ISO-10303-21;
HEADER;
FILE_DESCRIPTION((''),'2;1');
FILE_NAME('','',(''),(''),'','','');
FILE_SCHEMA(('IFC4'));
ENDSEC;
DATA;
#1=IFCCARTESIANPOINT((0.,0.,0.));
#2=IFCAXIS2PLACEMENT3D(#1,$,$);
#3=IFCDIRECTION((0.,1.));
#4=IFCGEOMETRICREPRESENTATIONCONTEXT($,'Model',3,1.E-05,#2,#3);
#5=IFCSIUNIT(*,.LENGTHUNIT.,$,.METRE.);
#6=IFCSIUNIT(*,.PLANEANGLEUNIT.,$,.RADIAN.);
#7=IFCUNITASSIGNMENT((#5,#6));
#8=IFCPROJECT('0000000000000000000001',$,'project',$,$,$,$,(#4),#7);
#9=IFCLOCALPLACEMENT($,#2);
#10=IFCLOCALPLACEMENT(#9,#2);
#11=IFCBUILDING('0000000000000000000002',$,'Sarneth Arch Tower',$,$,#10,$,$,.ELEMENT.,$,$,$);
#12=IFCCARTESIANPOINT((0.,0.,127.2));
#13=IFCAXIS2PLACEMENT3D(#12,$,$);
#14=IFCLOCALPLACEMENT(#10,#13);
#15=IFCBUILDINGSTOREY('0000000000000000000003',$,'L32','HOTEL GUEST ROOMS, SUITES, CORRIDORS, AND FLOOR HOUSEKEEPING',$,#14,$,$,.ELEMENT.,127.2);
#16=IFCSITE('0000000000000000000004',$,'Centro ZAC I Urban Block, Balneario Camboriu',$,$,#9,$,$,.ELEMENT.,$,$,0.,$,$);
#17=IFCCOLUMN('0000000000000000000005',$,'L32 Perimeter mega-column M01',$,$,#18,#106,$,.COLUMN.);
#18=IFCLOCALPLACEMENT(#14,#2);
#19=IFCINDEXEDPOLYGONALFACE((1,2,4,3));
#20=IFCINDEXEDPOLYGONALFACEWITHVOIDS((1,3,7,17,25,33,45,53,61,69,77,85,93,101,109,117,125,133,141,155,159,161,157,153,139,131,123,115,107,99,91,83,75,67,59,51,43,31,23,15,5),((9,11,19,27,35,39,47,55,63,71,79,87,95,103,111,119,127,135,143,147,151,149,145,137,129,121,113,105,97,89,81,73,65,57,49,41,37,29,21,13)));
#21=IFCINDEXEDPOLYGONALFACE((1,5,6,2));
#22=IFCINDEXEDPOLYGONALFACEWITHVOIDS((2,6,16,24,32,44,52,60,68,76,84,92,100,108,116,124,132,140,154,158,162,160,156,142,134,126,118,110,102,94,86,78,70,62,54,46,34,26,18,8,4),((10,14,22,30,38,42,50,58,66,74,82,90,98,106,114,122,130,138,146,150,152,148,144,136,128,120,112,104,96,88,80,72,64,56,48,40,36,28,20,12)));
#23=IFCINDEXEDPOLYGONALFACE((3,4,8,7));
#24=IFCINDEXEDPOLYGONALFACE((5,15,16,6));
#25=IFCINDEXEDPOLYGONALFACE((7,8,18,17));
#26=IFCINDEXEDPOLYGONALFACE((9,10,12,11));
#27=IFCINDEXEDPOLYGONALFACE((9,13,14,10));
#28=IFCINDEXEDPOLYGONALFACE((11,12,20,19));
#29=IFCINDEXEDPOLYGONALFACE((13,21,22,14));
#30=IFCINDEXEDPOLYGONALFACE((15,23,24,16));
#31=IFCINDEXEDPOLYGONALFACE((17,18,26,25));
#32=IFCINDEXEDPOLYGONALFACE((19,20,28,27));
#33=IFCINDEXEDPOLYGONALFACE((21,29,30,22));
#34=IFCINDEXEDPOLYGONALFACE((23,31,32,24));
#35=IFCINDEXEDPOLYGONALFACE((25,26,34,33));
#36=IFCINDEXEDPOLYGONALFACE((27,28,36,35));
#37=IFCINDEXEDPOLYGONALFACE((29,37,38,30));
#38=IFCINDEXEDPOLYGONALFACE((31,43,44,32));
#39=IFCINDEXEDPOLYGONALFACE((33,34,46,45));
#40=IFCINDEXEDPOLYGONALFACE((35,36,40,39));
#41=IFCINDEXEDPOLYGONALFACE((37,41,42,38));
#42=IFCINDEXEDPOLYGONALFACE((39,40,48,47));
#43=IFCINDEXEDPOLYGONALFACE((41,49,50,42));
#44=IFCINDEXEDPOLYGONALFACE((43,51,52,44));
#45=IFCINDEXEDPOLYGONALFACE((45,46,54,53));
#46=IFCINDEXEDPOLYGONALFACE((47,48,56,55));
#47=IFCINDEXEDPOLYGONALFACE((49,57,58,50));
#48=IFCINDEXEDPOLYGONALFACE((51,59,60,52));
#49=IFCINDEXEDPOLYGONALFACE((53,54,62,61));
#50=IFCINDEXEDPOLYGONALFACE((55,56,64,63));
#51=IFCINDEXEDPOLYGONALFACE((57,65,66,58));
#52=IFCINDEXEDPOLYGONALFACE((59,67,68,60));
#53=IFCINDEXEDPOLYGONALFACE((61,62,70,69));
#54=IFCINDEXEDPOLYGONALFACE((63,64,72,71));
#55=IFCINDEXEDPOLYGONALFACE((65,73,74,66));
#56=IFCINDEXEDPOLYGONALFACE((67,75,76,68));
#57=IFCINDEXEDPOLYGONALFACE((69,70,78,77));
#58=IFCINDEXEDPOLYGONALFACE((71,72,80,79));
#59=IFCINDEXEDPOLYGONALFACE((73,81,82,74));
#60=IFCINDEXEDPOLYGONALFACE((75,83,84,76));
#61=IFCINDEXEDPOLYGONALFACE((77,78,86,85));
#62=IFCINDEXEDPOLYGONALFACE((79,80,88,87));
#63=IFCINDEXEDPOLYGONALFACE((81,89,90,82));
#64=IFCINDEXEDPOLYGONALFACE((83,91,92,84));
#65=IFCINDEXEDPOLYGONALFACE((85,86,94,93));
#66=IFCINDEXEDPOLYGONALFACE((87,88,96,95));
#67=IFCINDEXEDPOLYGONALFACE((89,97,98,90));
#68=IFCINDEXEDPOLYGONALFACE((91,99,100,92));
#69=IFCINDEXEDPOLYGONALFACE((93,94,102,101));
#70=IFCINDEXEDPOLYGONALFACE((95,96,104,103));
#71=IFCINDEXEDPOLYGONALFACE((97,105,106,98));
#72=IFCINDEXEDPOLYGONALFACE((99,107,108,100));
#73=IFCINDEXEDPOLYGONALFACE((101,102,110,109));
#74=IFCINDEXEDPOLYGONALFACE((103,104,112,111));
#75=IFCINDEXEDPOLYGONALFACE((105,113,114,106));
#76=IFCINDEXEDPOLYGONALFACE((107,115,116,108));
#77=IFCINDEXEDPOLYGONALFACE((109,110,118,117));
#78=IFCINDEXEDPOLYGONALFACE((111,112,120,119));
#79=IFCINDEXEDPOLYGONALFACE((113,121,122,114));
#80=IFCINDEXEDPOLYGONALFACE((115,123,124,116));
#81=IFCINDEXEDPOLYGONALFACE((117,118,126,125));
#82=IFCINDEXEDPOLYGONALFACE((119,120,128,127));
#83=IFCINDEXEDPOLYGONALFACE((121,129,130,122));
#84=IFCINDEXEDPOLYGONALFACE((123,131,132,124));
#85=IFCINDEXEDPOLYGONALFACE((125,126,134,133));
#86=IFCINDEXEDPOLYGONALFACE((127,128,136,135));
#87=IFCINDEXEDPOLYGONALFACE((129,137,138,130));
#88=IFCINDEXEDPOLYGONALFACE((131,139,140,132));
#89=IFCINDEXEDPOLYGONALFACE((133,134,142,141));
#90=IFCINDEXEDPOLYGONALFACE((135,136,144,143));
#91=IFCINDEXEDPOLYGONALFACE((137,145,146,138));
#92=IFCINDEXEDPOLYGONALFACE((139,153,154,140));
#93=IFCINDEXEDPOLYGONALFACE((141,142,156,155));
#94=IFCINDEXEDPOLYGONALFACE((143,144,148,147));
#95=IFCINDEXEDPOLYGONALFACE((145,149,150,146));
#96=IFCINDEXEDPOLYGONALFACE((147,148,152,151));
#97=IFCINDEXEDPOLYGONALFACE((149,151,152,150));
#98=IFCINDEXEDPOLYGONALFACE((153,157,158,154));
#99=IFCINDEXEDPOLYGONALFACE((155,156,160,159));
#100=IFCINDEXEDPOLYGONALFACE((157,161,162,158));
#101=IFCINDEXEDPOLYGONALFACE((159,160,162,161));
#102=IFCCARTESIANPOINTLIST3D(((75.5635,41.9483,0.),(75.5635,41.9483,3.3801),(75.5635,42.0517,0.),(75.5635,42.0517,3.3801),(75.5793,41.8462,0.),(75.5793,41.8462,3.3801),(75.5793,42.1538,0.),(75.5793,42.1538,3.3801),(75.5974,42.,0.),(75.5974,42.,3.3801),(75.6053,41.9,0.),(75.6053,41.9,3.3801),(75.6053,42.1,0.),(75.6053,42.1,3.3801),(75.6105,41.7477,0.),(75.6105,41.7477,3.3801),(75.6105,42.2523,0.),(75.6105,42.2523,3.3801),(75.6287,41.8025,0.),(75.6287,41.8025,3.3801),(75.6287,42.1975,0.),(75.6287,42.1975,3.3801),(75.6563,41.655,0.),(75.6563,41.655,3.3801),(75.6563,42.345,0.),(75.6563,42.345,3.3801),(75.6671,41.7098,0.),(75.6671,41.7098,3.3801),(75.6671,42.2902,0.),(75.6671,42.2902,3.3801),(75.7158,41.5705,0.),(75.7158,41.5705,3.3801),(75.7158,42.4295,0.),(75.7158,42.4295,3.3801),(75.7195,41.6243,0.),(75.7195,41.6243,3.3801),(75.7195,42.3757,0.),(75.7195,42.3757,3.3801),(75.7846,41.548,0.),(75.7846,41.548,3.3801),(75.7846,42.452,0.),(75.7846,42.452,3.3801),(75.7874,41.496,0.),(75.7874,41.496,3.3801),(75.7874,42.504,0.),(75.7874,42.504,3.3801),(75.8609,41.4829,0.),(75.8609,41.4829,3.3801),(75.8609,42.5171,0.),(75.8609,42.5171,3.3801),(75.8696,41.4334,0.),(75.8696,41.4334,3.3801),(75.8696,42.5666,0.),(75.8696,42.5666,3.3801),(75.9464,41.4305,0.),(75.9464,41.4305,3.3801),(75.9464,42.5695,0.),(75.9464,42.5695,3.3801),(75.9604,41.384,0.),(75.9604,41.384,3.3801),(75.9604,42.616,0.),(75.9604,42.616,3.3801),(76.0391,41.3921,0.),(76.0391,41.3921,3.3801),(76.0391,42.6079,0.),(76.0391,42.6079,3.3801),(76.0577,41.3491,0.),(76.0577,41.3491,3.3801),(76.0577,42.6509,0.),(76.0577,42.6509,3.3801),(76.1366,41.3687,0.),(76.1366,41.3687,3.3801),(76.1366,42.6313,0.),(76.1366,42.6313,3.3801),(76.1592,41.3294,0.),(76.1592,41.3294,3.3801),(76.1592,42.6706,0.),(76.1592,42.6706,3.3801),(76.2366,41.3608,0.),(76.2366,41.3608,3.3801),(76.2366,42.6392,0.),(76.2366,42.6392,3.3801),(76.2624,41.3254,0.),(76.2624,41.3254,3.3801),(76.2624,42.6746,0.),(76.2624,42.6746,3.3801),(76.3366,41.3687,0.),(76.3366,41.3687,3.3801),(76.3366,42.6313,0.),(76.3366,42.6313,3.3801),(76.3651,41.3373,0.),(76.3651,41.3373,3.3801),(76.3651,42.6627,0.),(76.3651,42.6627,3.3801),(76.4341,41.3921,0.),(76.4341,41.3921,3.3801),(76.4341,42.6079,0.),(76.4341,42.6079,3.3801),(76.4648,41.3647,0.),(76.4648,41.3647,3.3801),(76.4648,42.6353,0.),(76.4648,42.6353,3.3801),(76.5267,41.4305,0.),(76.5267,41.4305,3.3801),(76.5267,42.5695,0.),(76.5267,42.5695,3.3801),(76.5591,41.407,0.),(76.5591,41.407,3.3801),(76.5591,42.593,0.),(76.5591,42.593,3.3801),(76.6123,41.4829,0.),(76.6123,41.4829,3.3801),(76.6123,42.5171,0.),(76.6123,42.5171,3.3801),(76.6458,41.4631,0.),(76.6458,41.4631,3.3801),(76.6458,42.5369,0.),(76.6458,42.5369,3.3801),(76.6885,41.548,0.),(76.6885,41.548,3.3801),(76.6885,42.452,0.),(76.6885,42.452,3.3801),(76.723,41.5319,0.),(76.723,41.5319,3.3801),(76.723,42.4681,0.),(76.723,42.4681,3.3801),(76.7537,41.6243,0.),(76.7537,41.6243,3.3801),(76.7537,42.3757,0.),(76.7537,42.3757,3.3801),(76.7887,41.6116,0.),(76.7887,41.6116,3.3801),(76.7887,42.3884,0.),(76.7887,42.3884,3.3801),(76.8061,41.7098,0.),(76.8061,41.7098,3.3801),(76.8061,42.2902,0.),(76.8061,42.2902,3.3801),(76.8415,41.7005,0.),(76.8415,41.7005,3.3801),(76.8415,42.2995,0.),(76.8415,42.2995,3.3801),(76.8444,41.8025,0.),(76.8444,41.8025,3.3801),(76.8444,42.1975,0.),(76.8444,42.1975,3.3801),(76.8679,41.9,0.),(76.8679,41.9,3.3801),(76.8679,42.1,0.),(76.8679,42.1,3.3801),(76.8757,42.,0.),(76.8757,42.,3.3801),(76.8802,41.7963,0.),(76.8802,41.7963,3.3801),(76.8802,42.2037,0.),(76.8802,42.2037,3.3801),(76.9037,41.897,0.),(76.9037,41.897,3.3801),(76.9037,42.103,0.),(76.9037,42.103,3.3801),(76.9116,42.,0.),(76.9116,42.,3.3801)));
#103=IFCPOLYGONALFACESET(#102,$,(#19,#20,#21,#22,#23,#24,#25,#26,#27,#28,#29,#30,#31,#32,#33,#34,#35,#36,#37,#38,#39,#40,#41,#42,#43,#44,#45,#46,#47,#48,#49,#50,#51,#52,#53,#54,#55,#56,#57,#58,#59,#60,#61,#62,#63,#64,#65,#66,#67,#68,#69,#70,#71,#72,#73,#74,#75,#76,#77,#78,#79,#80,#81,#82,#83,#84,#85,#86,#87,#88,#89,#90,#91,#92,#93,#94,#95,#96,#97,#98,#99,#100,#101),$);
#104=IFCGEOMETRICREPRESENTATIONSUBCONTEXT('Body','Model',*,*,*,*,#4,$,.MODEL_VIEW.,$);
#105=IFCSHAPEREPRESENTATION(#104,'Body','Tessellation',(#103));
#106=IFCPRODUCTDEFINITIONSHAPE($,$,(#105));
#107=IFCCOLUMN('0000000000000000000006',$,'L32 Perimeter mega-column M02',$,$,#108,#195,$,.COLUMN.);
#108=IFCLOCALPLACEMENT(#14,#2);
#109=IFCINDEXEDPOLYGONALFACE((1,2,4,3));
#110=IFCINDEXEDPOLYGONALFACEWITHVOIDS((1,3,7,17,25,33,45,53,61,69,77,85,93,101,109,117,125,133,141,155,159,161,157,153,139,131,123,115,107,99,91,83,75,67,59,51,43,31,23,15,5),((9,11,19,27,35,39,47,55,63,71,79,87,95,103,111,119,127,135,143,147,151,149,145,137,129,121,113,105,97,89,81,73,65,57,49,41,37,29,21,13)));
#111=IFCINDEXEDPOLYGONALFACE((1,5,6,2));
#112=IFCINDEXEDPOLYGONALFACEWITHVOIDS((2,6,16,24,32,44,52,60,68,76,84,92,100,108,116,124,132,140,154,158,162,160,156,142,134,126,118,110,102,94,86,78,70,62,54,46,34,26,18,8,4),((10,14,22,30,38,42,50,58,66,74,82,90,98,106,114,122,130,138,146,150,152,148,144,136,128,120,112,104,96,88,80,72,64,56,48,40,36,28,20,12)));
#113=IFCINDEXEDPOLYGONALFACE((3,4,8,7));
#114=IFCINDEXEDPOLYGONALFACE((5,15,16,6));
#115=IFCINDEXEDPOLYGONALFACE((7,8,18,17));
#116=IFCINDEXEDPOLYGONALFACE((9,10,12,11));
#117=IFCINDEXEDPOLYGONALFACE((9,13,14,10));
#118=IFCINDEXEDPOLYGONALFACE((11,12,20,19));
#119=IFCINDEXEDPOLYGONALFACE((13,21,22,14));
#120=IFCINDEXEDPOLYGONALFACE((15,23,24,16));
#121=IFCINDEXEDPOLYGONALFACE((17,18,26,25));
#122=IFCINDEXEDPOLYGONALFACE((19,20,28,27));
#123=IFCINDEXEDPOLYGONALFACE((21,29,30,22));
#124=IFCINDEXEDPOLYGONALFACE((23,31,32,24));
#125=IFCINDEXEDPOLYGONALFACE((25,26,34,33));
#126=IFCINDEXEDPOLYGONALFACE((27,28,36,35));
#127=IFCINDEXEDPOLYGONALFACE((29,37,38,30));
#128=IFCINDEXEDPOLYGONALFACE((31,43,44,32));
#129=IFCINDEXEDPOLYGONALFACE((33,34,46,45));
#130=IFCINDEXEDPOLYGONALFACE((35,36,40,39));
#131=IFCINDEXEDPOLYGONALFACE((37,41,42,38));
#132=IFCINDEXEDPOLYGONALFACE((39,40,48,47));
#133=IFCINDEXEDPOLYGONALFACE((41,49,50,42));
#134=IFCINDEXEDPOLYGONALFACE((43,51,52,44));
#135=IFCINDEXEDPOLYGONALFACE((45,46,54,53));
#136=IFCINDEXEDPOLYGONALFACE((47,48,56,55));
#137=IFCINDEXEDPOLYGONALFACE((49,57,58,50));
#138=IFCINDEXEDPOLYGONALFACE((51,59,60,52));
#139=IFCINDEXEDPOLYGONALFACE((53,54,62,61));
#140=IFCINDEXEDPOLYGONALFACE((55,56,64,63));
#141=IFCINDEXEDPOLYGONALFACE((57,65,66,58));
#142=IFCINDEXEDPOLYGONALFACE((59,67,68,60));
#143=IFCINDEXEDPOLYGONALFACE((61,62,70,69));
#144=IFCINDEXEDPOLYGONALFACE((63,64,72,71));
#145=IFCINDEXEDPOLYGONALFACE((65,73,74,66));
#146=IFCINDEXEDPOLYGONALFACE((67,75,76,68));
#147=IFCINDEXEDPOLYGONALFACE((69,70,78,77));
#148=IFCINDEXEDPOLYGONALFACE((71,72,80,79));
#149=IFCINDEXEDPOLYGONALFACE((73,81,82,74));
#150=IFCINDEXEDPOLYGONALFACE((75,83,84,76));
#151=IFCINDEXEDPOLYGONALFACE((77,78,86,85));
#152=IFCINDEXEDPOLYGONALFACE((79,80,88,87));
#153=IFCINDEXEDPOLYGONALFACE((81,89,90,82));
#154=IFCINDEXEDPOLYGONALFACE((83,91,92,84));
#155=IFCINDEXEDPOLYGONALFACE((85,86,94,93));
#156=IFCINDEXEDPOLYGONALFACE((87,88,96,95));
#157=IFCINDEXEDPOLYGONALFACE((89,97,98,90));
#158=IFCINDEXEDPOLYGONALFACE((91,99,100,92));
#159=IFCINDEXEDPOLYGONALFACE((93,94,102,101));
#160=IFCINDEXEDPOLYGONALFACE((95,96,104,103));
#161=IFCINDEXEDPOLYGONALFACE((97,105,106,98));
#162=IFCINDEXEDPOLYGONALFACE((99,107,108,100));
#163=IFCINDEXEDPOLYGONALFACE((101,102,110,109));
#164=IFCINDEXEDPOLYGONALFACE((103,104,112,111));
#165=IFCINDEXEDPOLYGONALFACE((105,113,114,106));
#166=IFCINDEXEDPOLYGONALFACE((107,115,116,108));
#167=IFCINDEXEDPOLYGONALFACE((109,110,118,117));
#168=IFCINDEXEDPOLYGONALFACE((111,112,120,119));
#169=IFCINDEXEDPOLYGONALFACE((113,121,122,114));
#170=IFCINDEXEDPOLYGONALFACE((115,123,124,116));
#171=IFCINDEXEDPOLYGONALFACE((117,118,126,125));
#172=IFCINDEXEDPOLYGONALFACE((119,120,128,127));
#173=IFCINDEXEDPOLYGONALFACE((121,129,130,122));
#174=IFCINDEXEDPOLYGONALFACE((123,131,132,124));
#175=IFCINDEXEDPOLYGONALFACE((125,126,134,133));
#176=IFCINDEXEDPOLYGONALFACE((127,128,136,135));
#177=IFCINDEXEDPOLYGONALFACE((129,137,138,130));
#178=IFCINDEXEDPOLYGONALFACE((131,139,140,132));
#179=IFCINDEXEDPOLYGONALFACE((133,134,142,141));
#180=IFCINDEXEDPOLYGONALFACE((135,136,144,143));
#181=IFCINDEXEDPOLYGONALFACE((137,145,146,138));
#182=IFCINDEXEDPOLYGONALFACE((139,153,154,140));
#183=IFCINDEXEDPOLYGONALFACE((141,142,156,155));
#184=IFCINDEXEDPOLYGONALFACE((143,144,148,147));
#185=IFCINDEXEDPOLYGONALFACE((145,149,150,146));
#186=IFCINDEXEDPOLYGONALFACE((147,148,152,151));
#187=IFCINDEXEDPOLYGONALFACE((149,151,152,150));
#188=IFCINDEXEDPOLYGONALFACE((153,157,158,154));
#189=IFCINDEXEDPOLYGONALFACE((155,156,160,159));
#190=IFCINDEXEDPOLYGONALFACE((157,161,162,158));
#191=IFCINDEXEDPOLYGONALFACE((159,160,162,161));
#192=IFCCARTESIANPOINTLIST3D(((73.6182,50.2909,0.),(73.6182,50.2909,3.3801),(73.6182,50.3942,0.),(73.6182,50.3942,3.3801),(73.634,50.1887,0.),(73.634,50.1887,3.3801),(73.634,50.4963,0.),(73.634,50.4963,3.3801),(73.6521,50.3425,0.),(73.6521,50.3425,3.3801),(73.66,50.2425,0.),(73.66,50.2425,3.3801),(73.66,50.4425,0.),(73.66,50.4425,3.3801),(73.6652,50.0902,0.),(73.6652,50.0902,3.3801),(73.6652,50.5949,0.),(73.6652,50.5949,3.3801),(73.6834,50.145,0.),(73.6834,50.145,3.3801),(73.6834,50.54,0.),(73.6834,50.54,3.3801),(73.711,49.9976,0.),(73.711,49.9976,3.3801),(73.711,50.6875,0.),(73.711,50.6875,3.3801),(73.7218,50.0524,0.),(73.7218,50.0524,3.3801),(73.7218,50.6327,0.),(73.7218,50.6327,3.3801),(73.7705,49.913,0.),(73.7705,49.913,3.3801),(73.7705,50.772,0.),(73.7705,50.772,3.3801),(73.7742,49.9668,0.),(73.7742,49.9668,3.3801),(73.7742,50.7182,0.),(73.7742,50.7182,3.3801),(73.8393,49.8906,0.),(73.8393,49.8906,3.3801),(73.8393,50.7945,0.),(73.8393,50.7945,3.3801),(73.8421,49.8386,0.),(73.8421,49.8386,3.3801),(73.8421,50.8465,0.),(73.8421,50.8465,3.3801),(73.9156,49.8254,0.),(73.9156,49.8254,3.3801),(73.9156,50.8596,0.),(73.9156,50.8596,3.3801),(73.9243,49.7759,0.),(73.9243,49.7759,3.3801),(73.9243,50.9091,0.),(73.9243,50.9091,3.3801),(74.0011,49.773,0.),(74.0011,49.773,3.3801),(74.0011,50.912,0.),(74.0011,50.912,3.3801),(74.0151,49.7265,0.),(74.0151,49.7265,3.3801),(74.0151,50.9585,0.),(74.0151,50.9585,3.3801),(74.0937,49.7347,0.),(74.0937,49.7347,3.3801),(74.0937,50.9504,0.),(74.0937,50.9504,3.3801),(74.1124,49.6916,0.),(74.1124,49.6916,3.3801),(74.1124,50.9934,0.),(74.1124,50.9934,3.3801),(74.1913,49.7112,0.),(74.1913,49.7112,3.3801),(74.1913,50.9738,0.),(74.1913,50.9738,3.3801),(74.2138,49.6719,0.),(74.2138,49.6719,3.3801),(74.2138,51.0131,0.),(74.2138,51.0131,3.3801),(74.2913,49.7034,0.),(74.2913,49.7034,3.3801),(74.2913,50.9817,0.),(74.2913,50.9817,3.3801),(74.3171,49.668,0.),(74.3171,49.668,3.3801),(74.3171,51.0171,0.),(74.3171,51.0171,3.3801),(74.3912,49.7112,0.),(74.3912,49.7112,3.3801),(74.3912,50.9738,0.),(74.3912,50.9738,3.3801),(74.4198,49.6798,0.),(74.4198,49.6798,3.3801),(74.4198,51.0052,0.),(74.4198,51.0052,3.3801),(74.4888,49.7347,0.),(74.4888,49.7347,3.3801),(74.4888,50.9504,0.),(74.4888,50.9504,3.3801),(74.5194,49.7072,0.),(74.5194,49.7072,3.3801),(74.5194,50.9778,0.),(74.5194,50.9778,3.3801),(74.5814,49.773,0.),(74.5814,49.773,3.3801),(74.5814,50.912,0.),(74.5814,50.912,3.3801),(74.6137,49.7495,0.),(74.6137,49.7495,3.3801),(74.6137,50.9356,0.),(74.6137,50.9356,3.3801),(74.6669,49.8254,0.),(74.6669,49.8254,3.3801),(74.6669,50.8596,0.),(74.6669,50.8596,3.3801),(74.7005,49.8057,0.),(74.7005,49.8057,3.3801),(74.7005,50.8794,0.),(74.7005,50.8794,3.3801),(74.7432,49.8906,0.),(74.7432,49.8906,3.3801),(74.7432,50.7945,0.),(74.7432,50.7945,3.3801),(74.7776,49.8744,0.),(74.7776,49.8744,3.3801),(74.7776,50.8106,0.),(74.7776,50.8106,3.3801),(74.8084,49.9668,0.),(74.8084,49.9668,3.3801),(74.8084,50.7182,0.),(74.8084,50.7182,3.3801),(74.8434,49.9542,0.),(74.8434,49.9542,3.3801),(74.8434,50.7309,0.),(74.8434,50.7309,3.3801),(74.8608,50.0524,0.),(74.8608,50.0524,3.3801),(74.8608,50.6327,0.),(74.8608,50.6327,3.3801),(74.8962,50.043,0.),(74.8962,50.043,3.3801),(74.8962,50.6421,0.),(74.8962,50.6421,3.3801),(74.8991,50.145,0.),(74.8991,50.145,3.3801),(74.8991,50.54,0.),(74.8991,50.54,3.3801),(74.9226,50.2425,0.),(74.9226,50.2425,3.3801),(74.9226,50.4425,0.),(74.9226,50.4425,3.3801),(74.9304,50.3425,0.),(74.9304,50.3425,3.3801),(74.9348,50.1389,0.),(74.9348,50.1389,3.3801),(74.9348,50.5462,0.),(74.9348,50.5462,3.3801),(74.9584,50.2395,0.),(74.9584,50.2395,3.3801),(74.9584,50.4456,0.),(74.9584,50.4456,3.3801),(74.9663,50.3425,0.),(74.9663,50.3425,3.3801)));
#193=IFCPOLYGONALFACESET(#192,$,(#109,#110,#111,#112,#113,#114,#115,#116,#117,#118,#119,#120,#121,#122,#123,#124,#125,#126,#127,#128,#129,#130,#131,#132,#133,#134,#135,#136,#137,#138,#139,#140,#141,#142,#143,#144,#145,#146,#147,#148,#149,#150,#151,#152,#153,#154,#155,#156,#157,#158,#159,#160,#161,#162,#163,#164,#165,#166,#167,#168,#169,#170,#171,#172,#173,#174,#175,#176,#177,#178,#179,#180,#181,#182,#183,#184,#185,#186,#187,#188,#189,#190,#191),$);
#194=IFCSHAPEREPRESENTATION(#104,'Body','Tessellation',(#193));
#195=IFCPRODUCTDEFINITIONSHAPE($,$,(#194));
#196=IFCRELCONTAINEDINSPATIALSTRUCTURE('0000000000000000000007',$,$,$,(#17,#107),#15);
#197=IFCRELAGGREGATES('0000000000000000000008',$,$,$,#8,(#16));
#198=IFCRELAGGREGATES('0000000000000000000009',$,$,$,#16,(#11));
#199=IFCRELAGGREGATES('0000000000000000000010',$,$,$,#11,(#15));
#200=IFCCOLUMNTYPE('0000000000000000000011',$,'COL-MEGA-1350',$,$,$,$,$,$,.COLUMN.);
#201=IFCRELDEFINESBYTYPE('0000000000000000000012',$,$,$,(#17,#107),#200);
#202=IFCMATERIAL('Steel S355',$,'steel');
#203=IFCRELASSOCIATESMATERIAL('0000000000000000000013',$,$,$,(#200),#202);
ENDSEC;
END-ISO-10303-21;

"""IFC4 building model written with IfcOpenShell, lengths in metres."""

from ifc_helpers import new_model, si_unit, direction, frame, origin, origin_2d, place, context, subcontext, project, spatial, hollow_circle, extrude, material, material_profile, profile_set, type_object, element, save


model = new_model("IFC4")

# Units and contexts
model_context = context("Model", 3, precision=1e-05, world=origin(), true_north=direction((0.0, 1.0)))
body_context = subcontext(model_context, "Body", "Model", "MODEL_VIEW")
ifc_project = project(units=[si_unit("LENGTHUNIT", "METRE"), si_unit("PLANEANGLEUNIT", "RADIAN")], contexts=[model_context])

# Site, building, storey
site_placement = place(None, origin())
site = spatial("IfcSite", under=ifc_project, at=site_placement, Name="Centro ZAC I Urban Block, Balneario Camboriu", CompositionType="ELEMENT", RefElevation=0.0)
building_placement = place(site_placement, origin())
building = spatial("IfcBuilding", under=site, at=building_placement, Name="Sarneth Arch Tower", CompositionType="ELEMENT")
storey_placement = place(building_placement, frame((0.0, 0.0, 127.2)))
storey = spatial("IfcBuildingStorey", under=building, at=storey_placement, Name="L32", Description="HOTEL GUEST ROOMS, SUITES, CORRIDORS, AND FLOOR HOUSEKEEPING", CompositionType="ELEMENT", Elevation=127.2)

# Columns
ifc_material_1 = material(Name="Steel S355", Category="steel")
ifc_material_profile_1 = material_profile(ifc_material_1, hollow_circle(Radius=0.675, WallThickness=0.0359, at=origin_2d()), Name="CHS1350x36")
ifc_profile_set_1 = profile_set([ifc_material_profile_1], Name="Steel S355")
column_type = type_object("IfcColumnType", Name="COL-MEGA-1350", PredefinedType="COLUMN", material=ifc_profile_set_1)
for number, where, z_axis, x_axis, name in (
    (1, (76.2366, 42.0, 0.0), (0.0, 0.0, 1.0), (1.0, 0.0, 0.0), "L32 Perimeter mega-column M01"),
    (2, (74.2913, 50.3425, 0.0), (0.0, 0.0, 1.0), (1.0, 0.0, 0.0), "L32 Perimeter mega-column M02"),
):
    element("IfcColumn", number, at=place(storey_placement, frame(where, z_axis=z_axis, x_axis=x_axis)), inside=storey, type_object=column_type, Name=name, PredefinedType="COLUMN", context=body_context, shape_type="SweptSolid", body=[
        extrude(hollow_circle(Radius=0.675, WallThickness=0.0359, at=origin_2d()), origin(), (0.0, 0.0, 1.0), 3.3801),
    ])

save(model, "model.ifc")
